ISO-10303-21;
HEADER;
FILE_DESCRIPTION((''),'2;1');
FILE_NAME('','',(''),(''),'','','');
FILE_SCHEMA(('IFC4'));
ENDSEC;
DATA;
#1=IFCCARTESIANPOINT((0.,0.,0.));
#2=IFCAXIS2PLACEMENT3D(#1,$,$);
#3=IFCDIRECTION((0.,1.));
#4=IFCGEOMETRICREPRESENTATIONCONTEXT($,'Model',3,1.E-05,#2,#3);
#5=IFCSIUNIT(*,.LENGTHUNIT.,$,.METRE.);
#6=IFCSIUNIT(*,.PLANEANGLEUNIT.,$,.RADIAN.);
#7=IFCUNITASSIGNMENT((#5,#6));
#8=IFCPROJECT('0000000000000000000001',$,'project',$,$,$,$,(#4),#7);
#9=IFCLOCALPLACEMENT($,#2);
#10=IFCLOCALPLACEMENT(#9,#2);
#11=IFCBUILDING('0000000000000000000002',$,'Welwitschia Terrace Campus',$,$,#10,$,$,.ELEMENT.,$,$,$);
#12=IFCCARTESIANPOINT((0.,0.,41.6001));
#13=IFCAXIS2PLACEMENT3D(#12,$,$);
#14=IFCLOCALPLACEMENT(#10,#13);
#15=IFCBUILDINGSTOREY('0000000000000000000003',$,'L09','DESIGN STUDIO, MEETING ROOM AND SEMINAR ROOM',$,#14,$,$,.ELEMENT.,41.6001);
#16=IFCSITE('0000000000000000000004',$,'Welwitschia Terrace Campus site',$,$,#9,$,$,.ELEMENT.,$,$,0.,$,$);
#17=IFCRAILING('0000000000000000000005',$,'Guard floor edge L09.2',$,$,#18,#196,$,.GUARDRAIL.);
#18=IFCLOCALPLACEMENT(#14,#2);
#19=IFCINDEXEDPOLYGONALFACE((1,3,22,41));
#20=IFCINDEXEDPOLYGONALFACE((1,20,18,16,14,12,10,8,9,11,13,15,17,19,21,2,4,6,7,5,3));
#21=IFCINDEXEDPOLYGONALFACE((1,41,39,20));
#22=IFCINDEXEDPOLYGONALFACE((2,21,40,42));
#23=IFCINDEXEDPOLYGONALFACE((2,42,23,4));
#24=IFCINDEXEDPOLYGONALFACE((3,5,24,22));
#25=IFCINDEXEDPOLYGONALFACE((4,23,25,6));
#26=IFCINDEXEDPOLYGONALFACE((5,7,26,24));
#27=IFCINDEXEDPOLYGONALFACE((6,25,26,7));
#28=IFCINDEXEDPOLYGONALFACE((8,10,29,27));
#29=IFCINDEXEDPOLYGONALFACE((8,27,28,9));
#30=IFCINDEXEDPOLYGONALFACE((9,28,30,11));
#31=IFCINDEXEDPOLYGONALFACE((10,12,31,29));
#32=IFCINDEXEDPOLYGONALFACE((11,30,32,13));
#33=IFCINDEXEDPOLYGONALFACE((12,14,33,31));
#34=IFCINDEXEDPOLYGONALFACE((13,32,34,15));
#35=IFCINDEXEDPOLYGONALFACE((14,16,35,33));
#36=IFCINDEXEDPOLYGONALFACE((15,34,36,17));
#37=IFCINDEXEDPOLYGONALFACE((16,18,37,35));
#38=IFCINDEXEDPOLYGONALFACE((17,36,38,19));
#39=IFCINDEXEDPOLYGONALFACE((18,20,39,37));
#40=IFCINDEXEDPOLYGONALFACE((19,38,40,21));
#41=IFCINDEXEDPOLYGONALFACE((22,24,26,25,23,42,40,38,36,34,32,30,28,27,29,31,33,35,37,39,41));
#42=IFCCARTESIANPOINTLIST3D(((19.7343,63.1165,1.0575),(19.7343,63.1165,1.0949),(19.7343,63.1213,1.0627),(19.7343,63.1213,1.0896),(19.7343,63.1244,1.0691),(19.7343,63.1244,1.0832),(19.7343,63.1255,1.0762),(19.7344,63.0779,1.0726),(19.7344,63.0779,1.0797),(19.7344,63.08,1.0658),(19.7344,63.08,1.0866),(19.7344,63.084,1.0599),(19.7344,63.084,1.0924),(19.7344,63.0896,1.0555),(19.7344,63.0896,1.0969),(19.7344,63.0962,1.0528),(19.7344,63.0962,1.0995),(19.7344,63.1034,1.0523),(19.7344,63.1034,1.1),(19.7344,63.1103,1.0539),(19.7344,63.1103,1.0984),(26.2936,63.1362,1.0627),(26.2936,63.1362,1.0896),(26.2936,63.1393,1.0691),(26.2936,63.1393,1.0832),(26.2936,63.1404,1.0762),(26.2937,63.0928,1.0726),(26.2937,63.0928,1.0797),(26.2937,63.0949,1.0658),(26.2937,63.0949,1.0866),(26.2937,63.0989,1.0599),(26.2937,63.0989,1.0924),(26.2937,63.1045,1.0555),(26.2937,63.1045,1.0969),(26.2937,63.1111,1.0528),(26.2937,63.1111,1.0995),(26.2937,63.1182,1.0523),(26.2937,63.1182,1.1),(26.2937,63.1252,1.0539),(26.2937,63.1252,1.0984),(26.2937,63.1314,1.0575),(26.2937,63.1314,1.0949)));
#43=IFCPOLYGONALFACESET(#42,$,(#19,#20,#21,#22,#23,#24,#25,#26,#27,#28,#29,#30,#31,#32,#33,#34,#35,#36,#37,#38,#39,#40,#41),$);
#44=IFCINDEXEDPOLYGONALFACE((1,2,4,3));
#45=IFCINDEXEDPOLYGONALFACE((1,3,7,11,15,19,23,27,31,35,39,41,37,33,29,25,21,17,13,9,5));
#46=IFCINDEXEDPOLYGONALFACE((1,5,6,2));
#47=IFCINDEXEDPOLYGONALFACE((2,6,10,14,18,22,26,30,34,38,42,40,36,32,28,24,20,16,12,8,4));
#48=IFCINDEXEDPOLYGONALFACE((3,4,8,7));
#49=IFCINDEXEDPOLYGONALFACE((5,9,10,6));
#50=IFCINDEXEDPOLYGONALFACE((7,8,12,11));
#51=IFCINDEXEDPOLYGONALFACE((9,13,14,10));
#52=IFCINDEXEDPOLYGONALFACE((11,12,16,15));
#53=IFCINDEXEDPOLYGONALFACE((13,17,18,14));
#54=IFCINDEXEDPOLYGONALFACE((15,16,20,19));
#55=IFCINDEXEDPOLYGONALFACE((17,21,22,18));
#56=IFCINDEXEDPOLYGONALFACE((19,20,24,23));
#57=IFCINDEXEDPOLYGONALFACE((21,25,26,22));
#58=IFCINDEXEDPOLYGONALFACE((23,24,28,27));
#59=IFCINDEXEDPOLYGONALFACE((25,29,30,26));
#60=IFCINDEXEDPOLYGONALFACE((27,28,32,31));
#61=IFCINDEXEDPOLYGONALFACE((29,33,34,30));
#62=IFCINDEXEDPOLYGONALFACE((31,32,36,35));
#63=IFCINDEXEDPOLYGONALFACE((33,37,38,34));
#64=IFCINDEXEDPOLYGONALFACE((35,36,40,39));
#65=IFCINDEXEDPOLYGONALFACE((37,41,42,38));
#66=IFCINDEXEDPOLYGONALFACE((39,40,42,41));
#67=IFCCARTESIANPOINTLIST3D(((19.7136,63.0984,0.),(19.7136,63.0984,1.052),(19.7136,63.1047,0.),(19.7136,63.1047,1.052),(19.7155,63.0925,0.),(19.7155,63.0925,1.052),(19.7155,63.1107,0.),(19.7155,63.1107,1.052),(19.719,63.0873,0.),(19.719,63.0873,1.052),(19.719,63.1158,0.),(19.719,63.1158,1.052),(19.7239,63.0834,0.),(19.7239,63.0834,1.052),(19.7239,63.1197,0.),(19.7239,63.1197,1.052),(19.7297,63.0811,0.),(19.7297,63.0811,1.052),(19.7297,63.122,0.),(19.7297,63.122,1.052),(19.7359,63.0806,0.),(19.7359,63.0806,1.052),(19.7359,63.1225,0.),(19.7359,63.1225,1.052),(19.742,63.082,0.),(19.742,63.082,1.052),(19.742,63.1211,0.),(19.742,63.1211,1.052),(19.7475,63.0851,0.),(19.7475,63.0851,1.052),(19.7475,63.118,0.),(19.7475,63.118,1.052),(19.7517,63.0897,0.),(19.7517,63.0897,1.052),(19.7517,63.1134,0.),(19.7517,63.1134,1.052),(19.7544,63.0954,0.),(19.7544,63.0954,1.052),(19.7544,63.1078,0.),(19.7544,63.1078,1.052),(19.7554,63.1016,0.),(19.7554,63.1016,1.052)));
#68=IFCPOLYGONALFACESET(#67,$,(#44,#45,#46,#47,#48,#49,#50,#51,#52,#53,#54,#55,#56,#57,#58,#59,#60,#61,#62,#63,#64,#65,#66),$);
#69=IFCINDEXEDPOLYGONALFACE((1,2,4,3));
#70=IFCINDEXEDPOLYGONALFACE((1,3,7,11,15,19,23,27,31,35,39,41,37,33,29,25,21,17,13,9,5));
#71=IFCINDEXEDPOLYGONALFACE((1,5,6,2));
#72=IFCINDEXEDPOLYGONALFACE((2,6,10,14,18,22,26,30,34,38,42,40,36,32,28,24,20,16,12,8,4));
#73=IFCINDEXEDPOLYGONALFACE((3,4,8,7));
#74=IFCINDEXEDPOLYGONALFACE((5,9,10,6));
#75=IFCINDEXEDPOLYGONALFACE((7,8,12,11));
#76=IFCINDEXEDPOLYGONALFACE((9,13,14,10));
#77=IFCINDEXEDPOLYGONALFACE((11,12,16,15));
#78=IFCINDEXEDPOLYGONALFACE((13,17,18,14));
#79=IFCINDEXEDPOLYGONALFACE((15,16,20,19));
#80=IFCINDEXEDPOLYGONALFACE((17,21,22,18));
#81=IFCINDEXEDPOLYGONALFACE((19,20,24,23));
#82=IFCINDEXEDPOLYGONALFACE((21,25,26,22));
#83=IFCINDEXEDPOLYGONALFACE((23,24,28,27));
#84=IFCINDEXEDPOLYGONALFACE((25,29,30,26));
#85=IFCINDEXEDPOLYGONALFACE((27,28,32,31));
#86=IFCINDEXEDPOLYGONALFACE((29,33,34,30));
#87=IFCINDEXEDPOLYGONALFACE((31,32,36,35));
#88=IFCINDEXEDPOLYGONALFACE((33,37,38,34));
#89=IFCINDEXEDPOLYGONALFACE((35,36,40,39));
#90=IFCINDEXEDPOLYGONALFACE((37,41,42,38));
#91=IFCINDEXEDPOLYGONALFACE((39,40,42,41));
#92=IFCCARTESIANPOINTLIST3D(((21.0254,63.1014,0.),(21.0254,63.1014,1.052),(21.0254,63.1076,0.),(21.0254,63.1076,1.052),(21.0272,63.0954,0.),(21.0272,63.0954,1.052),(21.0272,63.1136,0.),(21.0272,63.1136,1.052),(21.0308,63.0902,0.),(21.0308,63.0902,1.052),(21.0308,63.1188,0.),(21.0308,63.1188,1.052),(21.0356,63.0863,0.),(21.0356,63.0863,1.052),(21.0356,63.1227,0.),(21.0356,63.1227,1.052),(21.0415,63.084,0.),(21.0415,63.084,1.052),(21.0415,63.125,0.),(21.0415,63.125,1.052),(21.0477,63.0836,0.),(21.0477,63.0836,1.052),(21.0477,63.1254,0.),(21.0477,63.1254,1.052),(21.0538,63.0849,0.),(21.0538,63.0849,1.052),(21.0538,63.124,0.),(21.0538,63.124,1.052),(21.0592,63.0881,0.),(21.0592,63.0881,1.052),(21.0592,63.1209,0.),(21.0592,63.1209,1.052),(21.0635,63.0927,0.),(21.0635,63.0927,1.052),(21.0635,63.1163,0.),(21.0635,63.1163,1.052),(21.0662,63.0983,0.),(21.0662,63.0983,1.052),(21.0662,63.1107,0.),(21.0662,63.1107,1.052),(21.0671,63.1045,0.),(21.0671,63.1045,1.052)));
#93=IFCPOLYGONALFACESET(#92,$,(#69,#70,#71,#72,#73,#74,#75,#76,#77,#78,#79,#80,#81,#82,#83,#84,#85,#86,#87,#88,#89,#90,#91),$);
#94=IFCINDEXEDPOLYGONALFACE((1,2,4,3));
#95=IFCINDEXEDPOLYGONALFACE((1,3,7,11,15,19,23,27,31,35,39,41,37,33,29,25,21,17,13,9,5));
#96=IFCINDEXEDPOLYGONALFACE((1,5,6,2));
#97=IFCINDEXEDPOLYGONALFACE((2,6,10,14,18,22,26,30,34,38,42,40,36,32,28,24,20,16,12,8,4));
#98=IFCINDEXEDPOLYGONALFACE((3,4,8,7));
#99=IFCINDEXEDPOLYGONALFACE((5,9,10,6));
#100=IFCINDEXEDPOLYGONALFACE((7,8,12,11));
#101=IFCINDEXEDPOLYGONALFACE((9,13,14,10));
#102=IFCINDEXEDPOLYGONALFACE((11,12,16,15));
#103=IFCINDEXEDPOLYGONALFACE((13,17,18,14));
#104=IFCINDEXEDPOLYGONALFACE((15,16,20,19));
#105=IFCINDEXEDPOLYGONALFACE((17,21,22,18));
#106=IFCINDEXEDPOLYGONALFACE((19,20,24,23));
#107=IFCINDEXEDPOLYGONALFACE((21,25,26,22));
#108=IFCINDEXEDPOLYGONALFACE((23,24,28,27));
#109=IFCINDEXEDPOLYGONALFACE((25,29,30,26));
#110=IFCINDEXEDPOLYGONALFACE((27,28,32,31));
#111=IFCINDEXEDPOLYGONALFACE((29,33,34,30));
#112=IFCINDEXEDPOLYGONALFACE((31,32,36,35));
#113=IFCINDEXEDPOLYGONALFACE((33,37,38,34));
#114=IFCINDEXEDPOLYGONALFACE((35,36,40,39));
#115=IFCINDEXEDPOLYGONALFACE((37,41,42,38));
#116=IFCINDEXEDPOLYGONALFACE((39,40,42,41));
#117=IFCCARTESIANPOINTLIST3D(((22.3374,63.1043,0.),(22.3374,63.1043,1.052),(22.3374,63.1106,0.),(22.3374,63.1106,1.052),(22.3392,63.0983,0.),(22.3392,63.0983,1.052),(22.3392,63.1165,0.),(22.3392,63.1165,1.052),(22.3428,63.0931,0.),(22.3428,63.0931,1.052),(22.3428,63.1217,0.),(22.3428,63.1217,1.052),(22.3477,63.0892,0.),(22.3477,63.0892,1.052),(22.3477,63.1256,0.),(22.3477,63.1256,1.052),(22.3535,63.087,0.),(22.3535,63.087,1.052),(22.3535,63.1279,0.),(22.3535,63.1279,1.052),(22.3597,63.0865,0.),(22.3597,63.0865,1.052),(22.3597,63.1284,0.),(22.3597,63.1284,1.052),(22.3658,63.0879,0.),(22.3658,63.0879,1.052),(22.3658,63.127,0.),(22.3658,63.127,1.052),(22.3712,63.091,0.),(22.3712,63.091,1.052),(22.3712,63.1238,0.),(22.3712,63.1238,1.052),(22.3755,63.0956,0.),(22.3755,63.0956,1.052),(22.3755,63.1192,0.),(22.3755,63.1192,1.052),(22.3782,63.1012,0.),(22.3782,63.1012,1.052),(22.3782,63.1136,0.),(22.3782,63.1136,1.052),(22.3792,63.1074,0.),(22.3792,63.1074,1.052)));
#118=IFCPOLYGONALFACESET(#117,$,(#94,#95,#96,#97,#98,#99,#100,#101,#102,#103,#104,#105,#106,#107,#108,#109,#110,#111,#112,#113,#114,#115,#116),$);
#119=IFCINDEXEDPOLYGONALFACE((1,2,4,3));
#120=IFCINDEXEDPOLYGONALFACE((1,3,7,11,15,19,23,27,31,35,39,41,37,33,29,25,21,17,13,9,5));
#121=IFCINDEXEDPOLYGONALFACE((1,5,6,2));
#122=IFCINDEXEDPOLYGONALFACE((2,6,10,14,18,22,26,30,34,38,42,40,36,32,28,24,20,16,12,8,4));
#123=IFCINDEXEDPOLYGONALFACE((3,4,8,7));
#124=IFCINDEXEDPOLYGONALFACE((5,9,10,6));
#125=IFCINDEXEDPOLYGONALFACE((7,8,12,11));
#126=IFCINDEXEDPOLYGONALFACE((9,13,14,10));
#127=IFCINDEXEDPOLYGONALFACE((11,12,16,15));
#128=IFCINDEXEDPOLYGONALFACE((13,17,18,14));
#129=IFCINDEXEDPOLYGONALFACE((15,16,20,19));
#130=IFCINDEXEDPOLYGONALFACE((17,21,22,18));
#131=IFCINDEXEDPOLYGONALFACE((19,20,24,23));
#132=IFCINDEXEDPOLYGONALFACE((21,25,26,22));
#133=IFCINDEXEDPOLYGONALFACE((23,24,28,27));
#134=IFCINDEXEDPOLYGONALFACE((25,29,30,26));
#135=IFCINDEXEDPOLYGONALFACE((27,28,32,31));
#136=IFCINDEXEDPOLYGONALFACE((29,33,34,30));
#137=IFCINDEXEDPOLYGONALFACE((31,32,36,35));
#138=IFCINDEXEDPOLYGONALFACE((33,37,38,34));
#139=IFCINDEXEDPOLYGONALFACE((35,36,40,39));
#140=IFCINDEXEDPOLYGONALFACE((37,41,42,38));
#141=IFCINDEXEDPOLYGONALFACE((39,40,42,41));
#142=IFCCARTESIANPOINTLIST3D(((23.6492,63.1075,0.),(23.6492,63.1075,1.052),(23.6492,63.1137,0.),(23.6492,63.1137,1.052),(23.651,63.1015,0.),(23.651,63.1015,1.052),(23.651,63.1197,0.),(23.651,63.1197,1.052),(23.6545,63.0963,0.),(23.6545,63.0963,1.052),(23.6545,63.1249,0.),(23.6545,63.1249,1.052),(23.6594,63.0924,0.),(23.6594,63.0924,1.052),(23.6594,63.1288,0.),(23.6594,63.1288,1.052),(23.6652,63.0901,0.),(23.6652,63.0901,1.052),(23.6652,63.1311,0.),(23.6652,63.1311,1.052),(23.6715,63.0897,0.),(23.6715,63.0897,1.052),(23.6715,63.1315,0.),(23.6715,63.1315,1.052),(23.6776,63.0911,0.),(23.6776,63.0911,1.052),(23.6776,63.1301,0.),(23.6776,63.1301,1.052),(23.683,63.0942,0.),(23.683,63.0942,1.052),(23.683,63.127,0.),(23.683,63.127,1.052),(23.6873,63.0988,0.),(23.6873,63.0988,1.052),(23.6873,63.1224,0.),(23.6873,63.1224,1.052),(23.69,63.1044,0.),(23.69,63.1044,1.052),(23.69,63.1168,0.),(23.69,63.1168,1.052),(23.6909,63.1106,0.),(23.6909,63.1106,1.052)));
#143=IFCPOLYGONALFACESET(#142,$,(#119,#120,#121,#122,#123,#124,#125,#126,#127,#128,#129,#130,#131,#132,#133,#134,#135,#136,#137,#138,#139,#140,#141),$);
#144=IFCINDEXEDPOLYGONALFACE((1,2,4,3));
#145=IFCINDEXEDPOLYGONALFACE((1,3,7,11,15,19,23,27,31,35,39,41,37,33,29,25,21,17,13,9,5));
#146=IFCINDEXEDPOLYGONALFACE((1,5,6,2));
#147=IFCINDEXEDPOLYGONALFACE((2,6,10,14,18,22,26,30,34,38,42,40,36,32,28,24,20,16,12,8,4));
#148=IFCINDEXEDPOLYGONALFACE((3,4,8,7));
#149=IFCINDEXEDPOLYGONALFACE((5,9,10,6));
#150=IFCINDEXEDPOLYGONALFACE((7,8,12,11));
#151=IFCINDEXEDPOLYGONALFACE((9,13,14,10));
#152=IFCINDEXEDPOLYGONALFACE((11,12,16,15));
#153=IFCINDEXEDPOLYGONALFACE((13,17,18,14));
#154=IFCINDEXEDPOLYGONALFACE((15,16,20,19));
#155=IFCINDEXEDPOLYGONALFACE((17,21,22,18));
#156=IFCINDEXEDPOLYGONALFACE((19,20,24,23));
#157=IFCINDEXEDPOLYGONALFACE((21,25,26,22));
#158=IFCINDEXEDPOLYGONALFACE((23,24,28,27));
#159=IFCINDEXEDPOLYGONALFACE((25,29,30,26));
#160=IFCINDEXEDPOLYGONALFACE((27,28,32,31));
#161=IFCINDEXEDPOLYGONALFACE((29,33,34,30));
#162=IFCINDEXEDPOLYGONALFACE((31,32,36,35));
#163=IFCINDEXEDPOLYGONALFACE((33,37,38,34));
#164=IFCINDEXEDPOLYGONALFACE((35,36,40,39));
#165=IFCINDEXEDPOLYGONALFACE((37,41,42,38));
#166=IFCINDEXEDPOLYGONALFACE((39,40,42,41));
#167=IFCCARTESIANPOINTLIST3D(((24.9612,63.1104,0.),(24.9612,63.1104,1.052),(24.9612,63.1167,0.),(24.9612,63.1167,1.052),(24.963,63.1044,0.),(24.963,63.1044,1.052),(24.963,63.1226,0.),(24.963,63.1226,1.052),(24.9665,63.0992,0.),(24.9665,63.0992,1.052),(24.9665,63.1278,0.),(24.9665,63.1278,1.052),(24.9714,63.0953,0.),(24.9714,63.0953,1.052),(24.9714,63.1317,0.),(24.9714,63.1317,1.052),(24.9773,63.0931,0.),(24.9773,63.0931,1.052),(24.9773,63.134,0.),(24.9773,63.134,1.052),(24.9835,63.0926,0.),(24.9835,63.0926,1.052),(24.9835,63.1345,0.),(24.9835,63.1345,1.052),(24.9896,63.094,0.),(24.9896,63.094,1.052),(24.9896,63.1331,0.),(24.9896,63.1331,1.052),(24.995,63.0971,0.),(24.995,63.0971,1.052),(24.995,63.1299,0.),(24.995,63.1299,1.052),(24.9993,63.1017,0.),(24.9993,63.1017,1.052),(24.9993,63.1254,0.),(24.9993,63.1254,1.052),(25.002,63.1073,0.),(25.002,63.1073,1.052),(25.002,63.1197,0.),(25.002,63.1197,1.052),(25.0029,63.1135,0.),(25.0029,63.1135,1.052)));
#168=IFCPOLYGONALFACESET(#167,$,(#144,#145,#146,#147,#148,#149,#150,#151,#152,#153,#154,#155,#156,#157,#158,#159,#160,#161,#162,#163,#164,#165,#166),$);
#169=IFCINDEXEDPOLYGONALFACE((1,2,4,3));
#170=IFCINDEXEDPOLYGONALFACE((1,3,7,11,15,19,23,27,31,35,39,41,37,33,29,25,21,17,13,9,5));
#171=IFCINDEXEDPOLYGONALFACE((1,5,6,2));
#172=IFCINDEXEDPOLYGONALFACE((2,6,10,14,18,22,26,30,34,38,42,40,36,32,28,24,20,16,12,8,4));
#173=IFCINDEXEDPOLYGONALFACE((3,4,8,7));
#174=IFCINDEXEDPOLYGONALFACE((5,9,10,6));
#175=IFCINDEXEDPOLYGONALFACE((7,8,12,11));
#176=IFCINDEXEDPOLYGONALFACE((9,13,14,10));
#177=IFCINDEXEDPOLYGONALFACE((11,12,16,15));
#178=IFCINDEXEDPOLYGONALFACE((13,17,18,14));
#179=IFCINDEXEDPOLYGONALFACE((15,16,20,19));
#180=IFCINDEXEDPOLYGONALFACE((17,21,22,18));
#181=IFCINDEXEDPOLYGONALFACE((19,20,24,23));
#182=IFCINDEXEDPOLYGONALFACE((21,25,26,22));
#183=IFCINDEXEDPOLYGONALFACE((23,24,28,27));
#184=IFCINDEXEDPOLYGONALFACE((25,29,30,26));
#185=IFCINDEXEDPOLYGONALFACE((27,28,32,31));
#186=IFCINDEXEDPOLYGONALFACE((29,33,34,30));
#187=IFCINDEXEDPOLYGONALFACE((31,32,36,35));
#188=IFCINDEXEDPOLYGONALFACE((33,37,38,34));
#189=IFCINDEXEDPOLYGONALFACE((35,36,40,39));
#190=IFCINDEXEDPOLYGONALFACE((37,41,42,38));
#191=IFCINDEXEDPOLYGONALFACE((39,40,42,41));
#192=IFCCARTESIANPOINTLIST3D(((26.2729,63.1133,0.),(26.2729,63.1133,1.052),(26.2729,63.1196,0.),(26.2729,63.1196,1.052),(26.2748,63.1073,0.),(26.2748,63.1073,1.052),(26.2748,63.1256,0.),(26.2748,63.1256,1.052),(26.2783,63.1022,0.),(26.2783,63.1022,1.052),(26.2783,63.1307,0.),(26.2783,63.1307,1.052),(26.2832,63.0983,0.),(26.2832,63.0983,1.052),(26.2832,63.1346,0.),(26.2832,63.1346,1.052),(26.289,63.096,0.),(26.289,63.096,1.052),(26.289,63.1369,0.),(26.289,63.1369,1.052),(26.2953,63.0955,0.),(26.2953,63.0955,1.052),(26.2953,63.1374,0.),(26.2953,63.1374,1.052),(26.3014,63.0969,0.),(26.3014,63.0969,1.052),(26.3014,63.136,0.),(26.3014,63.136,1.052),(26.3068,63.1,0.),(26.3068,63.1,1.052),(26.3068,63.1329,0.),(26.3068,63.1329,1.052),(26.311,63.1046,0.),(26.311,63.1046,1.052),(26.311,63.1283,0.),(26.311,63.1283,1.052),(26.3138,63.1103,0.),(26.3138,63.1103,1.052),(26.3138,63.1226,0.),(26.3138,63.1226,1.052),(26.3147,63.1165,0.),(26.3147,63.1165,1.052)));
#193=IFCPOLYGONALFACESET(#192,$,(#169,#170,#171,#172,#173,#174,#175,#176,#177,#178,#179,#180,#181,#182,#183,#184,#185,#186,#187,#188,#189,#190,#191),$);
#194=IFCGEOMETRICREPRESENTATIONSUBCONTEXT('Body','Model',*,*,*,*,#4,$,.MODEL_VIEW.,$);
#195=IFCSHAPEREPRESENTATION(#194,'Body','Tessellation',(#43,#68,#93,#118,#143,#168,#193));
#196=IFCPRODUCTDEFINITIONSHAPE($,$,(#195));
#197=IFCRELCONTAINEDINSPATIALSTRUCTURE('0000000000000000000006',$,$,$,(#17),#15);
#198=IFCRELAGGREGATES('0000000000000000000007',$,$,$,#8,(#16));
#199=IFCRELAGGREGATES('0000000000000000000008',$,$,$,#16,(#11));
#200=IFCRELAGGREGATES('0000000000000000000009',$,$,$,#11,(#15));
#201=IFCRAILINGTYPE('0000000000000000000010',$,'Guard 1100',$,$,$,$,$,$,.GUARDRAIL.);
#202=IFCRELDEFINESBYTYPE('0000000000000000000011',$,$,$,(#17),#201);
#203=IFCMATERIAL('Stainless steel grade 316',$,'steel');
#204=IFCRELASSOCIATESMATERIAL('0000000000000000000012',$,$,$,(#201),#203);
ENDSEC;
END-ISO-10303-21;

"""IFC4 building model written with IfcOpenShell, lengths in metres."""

from ifc_helpers import new_model, si_unit, direction, frame, origin, origin_2d, place, context, subcontext, project, spatial, circle, extrude, material, type_object, element, save


model = new_model("IFC4")

# Units and contexts
model_context = context("Model", 3, precision=1e-05, world=origin(), true_north=direction((0.0, 1.0)))
body_context = subcontext(model_context, "Body", "Model", "MODEL_VIEW")
ifc_project = project(units=[si_unit("LENGTHUNIT", "METRE"), si_unit("PLANEANGLEUNIT", "RADIAN")], contexts=[model_context])

# Site, building, storey
site_placement = place(None, origin())
site = spatial("IfcSite", under=ifc_project, at=site_placement, Name="Welwitschia Terrace Campus site", CompositionType="ELEMENT", RefElevation=0.0)
building_placement = place(site_placement, origin())
building = spatial("IfcBuilding", under=site, at=building_placement, Name="Welwitschia Terrace Campus", CompositionType="ELEMENT")
storey_placement = place(building_placement, frame((0.0, 0.0, 41.6001)))
storey = spatial("IfcBuildingStorey", under=building, at=storey_placement, Name="L09", Description="DESIGN STUDIO, MEETING ROOM AND SEMINAR ROOM", CompositionType="ELEMENT", Elevation=41.6001)

# Railing
ifc_material_1 = material(Name="Stainless steel grade 316", Category="steel")
railing_type = type_object("IfcRailingType", Name="Guard 1100", PredefinedType="GUARDRAIL", material=ifc_material_1)
railing_placement = place(storey_placement, frame((19.7344, 63.1016, 0.0)))
element("IfcRailing", 1, at=railing_placement, inside=storey, type_object=railing_type, Name="Guard floor edge L09.2", PredefinedType="GUARDRAIL", context=body_context, shape_type="SweptSolid", body=[
    extrude(circle(Radius=0.0239, at=origin_2d()), frame((0.0, 0.0, 1.0762), z_axis=(0.999997, 0.00227, 0.0), x_axis=(-0.00227, 0.999997, 0.0)), (0.0, 0.0, 1.0), 6.5593),
    extrude(circle(Radius=0.021, at=origin_2d()), origin(), (0.0, 0.0, 1.0), 1.052),
    extrude(circle(Radius=0.021, at=origin_2d()), frame((1.3118, 0.0029, 0.0)), (0.0, 0.0, 1.0), 1.052),
    extrude(circle(Radius=0.021, at=origin_2d()), frame((2.6238, 0.0059, 0.0)), (0.0, 0.0, 1.0), 1.052),
    extrude(circle(Radius=0.021, at=origin_2d()), frame((3.9355, 0.009, 0.0)), (0.0, 0.0, 1.0), 1.052),
    extrude(circle(Radius=0.021, at=origin_2d()), frame((5.2476, 0.012, 0.0)), (0.0, 0.0, 1.0), 1.052),
    extrude(circle(Radius=0.021, at=origin_2d()), frame((6.5593, 0.0149, 0.0)), (0.0, 0.0, 1.0), 1.052),
])

save(model, "model.ifc")
